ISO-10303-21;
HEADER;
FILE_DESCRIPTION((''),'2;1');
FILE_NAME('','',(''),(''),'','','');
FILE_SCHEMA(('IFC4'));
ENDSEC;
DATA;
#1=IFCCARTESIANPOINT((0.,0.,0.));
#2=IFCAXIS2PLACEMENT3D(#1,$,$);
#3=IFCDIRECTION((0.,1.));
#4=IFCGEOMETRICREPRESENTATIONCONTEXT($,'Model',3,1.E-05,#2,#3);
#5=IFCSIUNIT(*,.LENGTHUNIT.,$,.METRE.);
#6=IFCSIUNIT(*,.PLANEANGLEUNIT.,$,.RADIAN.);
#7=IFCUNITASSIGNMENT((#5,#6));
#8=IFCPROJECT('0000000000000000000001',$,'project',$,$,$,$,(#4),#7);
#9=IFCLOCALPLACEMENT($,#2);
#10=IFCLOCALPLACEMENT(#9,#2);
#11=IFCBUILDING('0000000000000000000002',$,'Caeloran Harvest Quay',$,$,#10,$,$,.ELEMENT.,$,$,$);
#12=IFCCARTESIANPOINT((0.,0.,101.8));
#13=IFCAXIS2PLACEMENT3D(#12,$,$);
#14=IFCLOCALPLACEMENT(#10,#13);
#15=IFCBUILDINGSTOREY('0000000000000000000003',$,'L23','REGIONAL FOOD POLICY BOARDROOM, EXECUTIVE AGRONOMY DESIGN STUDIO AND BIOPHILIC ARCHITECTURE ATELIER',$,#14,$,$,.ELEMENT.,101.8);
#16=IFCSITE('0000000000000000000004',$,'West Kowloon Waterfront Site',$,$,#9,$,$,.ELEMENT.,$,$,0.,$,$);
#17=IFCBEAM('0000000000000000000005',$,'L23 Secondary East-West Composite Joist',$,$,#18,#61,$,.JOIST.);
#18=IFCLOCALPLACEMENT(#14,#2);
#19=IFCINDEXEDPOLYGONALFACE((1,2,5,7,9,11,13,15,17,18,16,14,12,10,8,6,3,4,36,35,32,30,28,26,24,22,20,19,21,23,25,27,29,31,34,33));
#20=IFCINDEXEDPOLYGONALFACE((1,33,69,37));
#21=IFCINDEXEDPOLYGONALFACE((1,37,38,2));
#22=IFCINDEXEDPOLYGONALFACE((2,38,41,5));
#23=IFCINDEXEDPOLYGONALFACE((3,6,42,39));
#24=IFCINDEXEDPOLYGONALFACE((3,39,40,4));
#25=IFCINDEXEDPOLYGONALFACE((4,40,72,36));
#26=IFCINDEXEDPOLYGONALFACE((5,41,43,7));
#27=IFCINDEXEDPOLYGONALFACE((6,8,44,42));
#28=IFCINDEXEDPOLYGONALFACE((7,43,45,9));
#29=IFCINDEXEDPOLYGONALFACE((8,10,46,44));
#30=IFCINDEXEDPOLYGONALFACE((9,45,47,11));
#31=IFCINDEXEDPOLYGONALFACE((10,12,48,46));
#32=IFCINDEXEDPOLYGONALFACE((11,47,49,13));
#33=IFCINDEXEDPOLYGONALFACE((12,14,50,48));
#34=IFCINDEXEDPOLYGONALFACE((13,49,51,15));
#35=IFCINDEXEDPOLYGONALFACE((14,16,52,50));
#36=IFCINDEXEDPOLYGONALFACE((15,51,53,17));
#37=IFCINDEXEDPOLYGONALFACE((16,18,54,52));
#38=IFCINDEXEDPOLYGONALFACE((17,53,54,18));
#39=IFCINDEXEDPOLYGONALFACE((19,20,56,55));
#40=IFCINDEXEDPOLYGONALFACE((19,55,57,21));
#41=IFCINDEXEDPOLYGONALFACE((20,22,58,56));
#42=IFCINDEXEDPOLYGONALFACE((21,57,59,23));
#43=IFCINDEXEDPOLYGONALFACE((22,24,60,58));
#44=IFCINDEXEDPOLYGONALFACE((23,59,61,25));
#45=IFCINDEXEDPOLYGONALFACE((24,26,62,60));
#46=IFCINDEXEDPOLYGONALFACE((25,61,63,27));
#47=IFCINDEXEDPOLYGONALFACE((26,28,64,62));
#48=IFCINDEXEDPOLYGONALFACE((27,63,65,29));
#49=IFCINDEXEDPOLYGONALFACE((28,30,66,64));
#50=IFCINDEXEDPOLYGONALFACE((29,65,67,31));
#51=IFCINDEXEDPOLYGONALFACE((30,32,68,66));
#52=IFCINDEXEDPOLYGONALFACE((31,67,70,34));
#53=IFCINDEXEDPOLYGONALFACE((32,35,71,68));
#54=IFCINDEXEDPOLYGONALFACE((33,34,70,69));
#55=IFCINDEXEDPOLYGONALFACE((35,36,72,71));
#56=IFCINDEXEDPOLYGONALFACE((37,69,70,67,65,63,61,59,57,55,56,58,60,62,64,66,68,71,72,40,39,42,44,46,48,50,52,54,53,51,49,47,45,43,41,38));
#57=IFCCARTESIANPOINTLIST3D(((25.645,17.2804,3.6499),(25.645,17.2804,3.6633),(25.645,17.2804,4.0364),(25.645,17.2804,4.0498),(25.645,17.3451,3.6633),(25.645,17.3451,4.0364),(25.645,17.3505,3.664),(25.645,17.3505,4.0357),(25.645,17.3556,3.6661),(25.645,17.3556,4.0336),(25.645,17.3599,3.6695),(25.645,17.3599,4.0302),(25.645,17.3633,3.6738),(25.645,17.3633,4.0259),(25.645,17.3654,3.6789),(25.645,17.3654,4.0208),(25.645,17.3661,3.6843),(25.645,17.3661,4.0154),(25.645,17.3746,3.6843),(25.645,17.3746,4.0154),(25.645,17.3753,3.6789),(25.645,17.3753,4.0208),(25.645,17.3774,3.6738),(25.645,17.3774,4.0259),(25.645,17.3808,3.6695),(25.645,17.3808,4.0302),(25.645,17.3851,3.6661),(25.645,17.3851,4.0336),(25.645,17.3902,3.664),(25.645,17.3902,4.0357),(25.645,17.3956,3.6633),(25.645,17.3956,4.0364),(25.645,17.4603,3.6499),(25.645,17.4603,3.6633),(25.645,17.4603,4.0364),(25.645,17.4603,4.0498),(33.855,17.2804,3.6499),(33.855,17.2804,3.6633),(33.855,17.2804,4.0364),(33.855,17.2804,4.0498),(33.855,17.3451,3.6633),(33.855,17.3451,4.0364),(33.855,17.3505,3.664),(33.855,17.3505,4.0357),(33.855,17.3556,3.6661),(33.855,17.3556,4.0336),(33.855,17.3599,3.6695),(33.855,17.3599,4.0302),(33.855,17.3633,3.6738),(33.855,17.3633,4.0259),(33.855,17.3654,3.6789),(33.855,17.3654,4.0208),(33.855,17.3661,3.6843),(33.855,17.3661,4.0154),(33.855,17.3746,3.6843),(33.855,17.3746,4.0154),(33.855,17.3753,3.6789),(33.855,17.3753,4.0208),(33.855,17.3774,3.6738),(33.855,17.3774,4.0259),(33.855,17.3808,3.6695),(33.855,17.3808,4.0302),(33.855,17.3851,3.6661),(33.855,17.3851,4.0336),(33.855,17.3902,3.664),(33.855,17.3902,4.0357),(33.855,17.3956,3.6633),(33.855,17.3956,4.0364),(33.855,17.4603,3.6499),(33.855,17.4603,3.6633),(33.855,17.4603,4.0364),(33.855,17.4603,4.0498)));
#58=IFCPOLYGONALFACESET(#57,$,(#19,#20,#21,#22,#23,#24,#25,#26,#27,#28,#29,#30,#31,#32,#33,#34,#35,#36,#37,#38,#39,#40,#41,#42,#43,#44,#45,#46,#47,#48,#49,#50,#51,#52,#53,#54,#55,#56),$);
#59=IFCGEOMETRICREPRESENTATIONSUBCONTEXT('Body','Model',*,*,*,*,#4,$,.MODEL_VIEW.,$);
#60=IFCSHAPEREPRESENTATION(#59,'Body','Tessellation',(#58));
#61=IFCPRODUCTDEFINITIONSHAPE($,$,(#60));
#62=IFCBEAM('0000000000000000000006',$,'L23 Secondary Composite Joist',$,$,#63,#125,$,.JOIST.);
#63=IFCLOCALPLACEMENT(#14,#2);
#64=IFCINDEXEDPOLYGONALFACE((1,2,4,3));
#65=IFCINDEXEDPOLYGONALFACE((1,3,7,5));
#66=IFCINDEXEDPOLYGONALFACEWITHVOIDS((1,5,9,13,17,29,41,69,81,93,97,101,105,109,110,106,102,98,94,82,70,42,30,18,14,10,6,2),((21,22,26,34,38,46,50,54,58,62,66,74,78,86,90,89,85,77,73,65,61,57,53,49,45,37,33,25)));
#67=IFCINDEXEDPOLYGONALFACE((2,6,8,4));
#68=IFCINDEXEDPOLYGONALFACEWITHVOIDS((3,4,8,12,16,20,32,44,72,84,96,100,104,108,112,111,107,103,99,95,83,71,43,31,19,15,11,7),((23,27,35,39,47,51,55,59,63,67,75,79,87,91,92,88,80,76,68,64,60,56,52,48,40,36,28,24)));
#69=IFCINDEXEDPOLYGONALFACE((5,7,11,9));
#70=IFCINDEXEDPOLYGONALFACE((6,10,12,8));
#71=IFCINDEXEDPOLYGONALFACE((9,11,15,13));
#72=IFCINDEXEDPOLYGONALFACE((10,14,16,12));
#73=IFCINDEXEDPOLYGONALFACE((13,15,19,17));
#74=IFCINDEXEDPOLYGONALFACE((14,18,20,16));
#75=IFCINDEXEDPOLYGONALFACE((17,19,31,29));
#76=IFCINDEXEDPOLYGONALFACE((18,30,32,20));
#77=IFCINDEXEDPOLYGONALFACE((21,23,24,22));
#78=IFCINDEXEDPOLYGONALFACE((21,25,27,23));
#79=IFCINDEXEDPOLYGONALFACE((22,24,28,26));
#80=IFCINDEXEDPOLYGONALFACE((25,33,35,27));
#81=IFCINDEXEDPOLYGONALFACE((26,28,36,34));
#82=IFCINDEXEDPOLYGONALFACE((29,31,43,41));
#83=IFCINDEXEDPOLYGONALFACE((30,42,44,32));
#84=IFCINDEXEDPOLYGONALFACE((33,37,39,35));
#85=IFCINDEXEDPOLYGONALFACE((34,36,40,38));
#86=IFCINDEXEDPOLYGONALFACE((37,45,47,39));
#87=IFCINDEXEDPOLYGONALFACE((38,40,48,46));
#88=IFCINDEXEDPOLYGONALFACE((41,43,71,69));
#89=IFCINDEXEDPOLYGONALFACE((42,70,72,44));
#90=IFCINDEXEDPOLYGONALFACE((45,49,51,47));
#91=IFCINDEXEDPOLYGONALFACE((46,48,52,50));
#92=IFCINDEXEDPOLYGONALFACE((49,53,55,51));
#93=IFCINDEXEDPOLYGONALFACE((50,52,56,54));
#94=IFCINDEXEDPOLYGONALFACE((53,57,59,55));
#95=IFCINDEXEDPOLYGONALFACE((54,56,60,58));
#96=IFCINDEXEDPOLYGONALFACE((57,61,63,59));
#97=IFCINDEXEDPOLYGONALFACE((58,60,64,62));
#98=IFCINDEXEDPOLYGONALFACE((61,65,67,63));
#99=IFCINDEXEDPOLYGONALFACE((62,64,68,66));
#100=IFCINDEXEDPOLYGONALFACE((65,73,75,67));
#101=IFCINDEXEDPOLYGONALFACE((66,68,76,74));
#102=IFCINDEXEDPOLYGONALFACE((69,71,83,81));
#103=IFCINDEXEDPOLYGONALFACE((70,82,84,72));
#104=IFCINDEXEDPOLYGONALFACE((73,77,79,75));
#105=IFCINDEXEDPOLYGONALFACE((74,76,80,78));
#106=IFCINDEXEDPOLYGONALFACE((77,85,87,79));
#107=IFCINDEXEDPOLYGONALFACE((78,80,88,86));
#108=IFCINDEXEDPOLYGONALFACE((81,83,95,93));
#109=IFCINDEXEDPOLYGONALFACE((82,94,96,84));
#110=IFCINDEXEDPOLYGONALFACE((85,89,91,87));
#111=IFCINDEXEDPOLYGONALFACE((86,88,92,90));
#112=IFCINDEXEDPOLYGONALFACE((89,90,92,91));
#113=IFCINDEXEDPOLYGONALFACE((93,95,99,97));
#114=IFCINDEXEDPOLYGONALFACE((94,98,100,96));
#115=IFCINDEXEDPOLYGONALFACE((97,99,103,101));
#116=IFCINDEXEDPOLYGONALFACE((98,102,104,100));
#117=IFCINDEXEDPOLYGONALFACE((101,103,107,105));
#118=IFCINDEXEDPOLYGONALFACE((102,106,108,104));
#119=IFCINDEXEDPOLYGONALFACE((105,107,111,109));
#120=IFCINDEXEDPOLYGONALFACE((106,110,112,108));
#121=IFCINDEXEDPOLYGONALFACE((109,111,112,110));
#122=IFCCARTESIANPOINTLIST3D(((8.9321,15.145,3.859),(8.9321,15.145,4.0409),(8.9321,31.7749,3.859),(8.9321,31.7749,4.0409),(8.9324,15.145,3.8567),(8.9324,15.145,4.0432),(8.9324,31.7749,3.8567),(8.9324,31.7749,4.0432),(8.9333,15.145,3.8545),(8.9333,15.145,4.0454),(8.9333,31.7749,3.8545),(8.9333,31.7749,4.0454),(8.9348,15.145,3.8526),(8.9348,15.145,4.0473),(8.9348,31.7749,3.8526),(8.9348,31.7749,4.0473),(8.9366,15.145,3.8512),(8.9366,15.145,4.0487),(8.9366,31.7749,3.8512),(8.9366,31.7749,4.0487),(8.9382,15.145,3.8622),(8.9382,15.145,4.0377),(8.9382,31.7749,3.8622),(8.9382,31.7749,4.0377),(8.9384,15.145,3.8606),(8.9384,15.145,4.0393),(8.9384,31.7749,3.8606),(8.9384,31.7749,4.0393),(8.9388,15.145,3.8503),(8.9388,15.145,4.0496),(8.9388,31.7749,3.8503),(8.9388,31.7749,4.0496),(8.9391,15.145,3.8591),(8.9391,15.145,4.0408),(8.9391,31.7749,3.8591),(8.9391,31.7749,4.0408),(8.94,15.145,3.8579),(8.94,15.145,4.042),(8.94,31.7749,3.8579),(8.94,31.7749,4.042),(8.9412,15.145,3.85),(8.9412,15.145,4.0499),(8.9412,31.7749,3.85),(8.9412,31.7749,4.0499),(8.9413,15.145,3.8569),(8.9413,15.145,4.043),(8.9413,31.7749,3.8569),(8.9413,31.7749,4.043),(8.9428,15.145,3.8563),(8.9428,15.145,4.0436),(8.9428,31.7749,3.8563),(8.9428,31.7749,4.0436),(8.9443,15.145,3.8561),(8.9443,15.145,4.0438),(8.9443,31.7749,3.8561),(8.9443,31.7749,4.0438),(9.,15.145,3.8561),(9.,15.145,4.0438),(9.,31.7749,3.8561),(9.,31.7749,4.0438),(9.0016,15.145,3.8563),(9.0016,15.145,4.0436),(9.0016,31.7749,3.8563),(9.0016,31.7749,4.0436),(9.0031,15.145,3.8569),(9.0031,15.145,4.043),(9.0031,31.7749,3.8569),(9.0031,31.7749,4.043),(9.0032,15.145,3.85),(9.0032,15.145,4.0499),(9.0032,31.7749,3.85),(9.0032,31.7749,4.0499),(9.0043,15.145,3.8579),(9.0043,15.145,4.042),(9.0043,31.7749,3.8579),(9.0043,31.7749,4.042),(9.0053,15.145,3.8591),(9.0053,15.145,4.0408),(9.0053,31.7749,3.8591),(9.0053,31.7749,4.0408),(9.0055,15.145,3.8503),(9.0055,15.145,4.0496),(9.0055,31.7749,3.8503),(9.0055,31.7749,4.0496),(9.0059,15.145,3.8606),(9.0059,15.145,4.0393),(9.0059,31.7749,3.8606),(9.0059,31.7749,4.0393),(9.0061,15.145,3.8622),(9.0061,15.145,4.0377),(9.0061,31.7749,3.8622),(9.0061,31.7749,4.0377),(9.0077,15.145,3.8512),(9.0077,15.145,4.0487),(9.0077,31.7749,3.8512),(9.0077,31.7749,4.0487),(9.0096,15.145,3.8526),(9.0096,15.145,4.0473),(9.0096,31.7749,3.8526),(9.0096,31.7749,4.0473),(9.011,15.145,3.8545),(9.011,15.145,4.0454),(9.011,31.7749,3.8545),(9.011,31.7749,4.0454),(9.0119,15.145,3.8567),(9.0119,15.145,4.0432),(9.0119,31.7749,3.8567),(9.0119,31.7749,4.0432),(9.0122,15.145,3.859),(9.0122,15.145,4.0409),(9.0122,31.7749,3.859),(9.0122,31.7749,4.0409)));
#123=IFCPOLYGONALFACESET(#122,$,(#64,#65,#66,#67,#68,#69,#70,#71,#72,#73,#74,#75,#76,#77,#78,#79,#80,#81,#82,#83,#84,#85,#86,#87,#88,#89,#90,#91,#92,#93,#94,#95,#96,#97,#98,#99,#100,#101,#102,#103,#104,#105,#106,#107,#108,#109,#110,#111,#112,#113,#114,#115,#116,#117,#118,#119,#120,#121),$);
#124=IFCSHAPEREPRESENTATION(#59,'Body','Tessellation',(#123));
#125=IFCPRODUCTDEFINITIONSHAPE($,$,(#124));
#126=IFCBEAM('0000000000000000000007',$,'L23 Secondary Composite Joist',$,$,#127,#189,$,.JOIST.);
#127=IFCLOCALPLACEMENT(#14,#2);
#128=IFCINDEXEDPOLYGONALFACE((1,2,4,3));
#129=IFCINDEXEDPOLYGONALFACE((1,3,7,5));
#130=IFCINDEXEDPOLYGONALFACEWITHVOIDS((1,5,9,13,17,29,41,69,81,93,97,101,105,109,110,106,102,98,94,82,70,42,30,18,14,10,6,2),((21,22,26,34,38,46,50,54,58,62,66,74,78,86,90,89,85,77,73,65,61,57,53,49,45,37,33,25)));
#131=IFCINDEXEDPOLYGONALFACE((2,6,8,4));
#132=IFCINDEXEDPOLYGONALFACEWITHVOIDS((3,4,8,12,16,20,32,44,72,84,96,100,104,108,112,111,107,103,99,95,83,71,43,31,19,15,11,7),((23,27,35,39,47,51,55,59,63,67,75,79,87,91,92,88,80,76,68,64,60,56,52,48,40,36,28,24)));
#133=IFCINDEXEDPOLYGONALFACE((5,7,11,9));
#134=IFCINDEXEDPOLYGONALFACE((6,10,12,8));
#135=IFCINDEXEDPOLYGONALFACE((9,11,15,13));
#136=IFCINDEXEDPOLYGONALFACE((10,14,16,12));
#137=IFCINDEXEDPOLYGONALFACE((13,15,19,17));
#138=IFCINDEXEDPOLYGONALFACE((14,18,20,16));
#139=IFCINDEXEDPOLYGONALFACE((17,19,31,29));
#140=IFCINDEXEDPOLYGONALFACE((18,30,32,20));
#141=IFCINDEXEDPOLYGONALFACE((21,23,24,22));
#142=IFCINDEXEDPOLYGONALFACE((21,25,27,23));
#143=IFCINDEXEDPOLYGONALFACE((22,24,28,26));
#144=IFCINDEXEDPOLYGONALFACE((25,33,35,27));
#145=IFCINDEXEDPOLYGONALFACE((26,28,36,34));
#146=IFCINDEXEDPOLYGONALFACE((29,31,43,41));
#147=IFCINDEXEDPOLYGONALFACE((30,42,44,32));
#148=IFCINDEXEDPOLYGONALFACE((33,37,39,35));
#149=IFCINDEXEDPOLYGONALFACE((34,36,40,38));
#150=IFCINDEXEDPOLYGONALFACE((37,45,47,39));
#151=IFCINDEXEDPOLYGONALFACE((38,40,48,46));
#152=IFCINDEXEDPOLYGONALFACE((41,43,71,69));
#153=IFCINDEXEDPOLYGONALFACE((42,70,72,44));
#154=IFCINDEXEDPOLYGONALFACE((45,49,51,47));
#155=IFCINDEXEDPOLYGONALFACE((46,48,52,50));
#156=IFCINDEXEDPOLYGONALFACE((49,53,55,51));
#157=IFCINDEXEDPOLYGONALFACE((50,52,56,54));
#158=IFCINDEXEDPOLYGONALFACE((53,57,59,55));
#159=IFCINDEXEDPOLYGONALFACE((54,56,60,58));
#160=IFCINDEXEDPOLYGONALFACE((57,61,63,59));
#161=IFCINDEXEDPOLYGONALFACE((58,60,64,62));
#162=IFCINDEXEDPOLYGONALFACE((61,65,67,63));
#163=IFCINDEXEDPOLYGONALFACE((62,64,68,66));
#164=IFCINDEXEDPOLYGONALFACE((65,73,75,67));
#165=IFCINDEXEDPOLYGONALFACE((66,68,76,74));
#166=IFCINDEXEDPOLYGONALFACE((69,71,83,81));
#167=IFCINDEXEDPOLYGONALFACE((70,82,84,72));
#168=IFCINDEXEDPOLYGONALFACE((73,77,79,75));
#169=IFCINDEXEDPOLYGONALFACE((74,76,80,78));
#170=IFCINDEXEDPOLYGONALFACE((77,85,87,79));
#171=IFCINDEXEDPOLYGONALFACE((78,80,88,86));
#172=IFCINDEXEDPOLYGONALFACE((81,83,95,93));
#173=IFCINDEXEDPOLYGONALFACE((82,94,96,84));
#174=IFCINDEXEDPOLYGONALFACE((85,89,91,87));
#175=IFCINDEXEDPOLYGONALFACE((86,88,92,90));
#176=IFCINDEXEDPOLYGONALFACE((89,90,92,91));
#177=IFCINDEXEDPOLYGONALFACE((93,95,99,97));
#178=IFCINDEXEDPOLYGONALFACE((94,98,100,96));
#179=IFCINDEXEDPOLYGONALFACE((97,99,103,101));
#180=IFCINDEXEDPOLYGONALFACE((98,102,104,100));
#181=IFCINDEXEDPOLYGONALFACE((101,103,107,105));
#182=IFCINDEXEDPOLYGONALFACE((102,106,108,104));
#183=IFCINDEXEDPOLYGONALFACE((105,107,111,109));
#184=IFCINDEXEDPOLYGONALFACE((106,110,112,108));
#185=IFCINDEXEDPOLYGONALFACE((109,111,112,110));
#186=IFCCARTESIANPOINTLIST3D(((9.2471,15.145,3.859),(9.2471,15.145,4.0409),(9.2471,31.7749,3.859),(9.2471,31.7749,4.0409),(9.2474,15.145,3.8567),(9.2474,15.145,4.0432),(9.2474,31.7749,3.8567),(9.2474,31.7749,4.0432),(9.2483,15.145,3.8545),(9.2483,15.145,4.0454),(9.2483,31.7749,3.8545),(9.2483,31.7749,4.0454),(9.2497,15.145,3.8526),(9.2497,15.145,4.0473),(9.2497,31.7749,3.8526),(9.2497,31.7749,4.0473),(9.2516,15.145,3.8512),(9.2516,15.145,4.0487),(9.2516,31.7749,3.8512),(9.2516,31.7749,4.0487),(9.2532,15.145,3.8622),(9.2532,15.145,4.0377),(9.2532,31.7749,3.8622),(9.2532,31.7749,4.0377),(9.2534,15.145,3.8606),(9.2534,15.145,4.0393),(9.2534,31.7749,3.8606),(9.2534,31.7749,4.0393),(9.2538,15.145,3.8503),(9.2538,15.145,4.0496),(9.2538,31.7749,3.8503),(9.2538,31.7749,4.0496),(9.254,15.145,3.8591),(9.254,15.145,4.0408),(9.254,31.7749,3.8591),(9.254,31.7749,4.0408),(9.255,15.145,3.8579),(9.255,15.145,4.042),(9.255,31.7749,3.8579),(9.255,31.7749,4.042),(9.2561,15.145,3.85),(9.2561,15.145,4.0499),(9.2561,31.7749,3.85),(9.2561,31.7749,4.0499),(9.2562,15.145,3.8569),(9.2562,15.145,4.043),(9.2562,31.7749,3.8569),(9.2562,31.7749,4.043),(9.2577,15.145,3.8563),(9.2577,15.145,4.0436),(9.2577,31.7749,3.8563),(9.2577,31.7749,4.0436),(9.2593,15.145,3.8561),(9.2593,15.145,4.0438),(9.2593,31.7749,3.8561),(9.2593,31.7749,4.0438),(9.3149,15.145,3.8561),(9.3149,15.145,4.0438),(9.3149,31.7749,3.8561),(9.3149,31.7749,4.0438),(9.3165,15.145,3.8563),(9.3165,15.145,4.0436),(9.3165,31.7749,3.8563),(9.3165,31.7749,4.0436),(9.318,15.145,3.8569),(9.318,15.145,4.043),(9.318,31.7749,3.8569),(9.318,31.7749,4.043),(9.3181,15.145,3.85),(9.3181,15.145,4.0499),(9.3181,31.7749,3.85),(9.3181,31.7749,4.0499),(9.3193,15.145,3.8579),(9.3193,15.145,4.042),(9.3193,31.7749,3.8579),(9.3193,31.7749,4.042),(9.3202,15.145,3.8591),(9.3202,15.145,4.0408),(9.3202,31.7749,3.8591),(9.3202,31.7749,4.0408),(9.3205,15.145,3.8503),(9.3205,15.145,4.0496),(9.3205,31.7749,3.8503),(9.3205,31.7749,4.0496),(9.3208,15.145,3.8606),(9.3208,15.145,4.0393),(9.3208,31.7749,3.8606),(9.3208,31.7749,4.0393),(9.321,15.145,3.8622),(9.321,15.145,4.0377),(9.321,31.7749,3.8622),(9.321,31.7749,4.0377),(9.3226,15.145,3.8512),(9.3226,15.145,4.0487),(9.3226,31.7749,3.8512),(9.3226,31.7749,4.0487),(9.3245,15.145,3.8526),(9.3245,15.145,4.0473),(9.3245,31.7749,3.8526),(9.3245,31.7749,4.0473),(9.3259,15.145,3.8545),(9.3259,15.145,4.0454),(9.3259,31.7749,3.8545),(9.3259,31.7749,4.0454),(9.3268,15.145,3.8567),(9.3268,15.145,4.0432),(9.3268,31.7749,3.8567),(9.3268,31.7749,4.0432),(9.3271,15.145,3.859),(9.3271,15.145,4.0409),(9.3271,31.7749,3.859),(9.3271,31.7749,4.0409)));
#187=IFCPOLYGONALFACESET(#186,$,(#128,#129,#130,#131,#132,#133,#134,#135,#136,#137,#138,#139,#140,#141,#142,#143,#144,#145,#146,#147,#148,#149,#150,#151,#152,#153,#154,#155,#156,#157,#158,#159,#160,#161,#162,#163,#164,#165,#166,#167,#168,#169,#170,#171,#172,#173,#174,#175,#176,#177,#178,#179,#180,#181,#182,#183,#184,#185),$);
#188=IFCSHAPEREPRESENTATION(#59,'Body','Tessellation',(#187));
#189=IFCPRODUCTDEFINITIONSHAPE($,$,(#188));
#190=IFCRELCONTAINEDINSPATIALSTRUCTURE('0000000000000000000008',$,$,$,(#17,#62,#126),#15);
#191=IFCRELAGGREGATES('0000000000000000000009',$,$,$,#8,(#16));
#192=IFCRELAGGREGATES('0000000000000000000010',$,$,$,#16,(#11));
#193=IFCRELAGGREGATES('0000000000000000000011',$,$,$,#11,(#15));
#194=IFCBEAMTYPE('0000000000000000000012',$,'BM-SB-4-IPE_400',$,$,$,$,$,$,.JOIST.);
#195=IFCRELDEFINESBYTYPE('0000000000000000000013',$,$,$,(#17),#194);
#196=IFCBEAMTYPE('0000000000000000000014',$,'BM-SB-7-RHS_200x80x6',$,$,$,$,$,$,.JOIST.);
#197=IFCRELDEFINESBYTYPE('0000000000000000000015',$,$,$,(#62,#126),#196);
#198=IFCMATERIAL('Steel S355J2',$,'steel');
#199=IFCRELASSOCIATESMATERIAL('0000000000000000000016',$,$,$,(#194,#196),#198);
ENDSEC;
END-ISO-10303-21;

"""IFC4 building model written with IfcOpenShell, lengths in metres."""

from ifc_helpers import new_model, si_unit, direction, frame, origin, origin_2d, place, context, subcontext, project, spatial, hollow_rectangle, i_section, extrude, material, material_profile, profile_set, type_object, element, save


model = new_model("IFC4")

# Units and contexts
model_context = context("Model", 3, precision=1e-05, world=origin(), true_north=direction((0.0, 1.0)))
body_context = subcontext(model_context, "Body", "Model", "MODEL_VIEW")
ifc_project = project(units=[si_unit("LENGTHUNIT", "METRE"), si_unit("PLANEANGLEUNIT", "RADIAN")], contexts=[model_context])

# Site, building, storey
site_placement = place(None, origin())
site = spatial("IfcSite", under=ifc_project, at=site_placement, Name="West Kowloon Waterfront Site", CompositionType="ELEMENT", RefElevation=0.0)
building_placement = place(site_placement, origin())
building = spatial("IfcBuilding", under=site, at=building_placement, Name="Caeloran Harvest Quay", CompositionType="ELEMENT")
storey_placement = place(building_placement, frame((0.0, 0.0, 101.8)))
storey = spatial("IfcBuildingStorey", under=building, at=storey_placement, Name="L23", Description="REGIONAL FOOD POLICY BOARDROOM, EXECUTIVE AGRONOMY DESIGN STUDIO AND BIOPHILIC ARCHITECTURE ATELIER", CompositionType="ELEMENT", Elevation=101.8)

# Beams
ifc_material_1 = material(Name="Steel S355J2", Category="steel")
ifc_material_profile_1 = material_profile(ifc_material_1, i_section(OverallWidth=0.1799, OverallDepth=0.3999, WebThickness=0.0085, FlangeThickness=0.0134, FilletRadius=0.021, at=origin_2d()), Name="IPE 400")
ifc_profile_set_1 = profile_set([ifc_material_profile_1], Name="Steel S355J2")
beam_type_1 = type_object("IfcBeamType", Name="BM-SB-4-IPE_400", PredefinedType="JOIST", material=ifc_profile_set_1)
for number, where, z_axis, x_axis, name in (
    (1, (25.645, 17.3704, 3.8499), (1.0, 0.0, 0.0), (0.0, 1.0, 0.0), "L23 Secondary East-West Composite Joist"),
):
    element("IfcBeam", number, at=place(storey_placement, frame(where, z_axis=z_axis, x_axis=x_axis)), inside=storey, type_object=beam_type_1, Name=name, PredefinedType="JOIST", context=body_context, shape_type="SweptSolid", body=[
        extrude(i_section(OverallWidth=0.1799, OverallDepth=0.3999, WebThickness=0.0085, FlangeThickness=0.0134, FilletRadius=0.021, at=origin_2d()), origin(), (0.0, 0.0, 1.0), 8.21),
    ])
ifc_material_profile_2 = material_profile(ifc_material_1, hollow_rectangle(XDim=0.0801, YDim=0.2, WallThickness=0.0061, InnerFilletRadius=0.0061, OuterFilletRadius=0.009, at=origin_2d()), Name="RHS 200x80x6")
ifc_profile_set_2 = profile_set([ifc_material_profile_2], Name="Steel S355J2")
beam_type_2 = type_object("IfcBeamType", Name="BM-SB-7-RHS_200x80x6", PredefinedType="JOIST", material=ifc_profile_set_2)
for number, where, z_axis, x_axis, name in (
    (2, (8.9722, 15.145, 3.95), (0.0, 1.0, 0.0), (-1.0, 0.0, 0.0), "L23 Secondary Composite Joist"),
    (3, (9.2871, 15.145, 3.95), (0.0, 1.0, 0.0), (-1.0, 0.0, 0.0), "L23 Secondary Composite Joist"),
):
    element("IfcBeam", number, at=place(storey_placement, frame(where, z_axis=z_axis, x_axis=x_axis)), inside=storey, type_object=beam_type_2, Name=name, PredefinedType="JOIST", context=body_context, shape_type="SweptSolid", body=[
        extrude(hollow_rectangle(XDim=0.0801, YDim=0.2, WallThickness=0.0061, InnerFilletRadius=0.0061, OuterFilletRadius=0.009, at=origin_2d()), origin(), (0.0, 0.0, 1.0), 16.6299),
    ])

save(model, "model.ifc")
